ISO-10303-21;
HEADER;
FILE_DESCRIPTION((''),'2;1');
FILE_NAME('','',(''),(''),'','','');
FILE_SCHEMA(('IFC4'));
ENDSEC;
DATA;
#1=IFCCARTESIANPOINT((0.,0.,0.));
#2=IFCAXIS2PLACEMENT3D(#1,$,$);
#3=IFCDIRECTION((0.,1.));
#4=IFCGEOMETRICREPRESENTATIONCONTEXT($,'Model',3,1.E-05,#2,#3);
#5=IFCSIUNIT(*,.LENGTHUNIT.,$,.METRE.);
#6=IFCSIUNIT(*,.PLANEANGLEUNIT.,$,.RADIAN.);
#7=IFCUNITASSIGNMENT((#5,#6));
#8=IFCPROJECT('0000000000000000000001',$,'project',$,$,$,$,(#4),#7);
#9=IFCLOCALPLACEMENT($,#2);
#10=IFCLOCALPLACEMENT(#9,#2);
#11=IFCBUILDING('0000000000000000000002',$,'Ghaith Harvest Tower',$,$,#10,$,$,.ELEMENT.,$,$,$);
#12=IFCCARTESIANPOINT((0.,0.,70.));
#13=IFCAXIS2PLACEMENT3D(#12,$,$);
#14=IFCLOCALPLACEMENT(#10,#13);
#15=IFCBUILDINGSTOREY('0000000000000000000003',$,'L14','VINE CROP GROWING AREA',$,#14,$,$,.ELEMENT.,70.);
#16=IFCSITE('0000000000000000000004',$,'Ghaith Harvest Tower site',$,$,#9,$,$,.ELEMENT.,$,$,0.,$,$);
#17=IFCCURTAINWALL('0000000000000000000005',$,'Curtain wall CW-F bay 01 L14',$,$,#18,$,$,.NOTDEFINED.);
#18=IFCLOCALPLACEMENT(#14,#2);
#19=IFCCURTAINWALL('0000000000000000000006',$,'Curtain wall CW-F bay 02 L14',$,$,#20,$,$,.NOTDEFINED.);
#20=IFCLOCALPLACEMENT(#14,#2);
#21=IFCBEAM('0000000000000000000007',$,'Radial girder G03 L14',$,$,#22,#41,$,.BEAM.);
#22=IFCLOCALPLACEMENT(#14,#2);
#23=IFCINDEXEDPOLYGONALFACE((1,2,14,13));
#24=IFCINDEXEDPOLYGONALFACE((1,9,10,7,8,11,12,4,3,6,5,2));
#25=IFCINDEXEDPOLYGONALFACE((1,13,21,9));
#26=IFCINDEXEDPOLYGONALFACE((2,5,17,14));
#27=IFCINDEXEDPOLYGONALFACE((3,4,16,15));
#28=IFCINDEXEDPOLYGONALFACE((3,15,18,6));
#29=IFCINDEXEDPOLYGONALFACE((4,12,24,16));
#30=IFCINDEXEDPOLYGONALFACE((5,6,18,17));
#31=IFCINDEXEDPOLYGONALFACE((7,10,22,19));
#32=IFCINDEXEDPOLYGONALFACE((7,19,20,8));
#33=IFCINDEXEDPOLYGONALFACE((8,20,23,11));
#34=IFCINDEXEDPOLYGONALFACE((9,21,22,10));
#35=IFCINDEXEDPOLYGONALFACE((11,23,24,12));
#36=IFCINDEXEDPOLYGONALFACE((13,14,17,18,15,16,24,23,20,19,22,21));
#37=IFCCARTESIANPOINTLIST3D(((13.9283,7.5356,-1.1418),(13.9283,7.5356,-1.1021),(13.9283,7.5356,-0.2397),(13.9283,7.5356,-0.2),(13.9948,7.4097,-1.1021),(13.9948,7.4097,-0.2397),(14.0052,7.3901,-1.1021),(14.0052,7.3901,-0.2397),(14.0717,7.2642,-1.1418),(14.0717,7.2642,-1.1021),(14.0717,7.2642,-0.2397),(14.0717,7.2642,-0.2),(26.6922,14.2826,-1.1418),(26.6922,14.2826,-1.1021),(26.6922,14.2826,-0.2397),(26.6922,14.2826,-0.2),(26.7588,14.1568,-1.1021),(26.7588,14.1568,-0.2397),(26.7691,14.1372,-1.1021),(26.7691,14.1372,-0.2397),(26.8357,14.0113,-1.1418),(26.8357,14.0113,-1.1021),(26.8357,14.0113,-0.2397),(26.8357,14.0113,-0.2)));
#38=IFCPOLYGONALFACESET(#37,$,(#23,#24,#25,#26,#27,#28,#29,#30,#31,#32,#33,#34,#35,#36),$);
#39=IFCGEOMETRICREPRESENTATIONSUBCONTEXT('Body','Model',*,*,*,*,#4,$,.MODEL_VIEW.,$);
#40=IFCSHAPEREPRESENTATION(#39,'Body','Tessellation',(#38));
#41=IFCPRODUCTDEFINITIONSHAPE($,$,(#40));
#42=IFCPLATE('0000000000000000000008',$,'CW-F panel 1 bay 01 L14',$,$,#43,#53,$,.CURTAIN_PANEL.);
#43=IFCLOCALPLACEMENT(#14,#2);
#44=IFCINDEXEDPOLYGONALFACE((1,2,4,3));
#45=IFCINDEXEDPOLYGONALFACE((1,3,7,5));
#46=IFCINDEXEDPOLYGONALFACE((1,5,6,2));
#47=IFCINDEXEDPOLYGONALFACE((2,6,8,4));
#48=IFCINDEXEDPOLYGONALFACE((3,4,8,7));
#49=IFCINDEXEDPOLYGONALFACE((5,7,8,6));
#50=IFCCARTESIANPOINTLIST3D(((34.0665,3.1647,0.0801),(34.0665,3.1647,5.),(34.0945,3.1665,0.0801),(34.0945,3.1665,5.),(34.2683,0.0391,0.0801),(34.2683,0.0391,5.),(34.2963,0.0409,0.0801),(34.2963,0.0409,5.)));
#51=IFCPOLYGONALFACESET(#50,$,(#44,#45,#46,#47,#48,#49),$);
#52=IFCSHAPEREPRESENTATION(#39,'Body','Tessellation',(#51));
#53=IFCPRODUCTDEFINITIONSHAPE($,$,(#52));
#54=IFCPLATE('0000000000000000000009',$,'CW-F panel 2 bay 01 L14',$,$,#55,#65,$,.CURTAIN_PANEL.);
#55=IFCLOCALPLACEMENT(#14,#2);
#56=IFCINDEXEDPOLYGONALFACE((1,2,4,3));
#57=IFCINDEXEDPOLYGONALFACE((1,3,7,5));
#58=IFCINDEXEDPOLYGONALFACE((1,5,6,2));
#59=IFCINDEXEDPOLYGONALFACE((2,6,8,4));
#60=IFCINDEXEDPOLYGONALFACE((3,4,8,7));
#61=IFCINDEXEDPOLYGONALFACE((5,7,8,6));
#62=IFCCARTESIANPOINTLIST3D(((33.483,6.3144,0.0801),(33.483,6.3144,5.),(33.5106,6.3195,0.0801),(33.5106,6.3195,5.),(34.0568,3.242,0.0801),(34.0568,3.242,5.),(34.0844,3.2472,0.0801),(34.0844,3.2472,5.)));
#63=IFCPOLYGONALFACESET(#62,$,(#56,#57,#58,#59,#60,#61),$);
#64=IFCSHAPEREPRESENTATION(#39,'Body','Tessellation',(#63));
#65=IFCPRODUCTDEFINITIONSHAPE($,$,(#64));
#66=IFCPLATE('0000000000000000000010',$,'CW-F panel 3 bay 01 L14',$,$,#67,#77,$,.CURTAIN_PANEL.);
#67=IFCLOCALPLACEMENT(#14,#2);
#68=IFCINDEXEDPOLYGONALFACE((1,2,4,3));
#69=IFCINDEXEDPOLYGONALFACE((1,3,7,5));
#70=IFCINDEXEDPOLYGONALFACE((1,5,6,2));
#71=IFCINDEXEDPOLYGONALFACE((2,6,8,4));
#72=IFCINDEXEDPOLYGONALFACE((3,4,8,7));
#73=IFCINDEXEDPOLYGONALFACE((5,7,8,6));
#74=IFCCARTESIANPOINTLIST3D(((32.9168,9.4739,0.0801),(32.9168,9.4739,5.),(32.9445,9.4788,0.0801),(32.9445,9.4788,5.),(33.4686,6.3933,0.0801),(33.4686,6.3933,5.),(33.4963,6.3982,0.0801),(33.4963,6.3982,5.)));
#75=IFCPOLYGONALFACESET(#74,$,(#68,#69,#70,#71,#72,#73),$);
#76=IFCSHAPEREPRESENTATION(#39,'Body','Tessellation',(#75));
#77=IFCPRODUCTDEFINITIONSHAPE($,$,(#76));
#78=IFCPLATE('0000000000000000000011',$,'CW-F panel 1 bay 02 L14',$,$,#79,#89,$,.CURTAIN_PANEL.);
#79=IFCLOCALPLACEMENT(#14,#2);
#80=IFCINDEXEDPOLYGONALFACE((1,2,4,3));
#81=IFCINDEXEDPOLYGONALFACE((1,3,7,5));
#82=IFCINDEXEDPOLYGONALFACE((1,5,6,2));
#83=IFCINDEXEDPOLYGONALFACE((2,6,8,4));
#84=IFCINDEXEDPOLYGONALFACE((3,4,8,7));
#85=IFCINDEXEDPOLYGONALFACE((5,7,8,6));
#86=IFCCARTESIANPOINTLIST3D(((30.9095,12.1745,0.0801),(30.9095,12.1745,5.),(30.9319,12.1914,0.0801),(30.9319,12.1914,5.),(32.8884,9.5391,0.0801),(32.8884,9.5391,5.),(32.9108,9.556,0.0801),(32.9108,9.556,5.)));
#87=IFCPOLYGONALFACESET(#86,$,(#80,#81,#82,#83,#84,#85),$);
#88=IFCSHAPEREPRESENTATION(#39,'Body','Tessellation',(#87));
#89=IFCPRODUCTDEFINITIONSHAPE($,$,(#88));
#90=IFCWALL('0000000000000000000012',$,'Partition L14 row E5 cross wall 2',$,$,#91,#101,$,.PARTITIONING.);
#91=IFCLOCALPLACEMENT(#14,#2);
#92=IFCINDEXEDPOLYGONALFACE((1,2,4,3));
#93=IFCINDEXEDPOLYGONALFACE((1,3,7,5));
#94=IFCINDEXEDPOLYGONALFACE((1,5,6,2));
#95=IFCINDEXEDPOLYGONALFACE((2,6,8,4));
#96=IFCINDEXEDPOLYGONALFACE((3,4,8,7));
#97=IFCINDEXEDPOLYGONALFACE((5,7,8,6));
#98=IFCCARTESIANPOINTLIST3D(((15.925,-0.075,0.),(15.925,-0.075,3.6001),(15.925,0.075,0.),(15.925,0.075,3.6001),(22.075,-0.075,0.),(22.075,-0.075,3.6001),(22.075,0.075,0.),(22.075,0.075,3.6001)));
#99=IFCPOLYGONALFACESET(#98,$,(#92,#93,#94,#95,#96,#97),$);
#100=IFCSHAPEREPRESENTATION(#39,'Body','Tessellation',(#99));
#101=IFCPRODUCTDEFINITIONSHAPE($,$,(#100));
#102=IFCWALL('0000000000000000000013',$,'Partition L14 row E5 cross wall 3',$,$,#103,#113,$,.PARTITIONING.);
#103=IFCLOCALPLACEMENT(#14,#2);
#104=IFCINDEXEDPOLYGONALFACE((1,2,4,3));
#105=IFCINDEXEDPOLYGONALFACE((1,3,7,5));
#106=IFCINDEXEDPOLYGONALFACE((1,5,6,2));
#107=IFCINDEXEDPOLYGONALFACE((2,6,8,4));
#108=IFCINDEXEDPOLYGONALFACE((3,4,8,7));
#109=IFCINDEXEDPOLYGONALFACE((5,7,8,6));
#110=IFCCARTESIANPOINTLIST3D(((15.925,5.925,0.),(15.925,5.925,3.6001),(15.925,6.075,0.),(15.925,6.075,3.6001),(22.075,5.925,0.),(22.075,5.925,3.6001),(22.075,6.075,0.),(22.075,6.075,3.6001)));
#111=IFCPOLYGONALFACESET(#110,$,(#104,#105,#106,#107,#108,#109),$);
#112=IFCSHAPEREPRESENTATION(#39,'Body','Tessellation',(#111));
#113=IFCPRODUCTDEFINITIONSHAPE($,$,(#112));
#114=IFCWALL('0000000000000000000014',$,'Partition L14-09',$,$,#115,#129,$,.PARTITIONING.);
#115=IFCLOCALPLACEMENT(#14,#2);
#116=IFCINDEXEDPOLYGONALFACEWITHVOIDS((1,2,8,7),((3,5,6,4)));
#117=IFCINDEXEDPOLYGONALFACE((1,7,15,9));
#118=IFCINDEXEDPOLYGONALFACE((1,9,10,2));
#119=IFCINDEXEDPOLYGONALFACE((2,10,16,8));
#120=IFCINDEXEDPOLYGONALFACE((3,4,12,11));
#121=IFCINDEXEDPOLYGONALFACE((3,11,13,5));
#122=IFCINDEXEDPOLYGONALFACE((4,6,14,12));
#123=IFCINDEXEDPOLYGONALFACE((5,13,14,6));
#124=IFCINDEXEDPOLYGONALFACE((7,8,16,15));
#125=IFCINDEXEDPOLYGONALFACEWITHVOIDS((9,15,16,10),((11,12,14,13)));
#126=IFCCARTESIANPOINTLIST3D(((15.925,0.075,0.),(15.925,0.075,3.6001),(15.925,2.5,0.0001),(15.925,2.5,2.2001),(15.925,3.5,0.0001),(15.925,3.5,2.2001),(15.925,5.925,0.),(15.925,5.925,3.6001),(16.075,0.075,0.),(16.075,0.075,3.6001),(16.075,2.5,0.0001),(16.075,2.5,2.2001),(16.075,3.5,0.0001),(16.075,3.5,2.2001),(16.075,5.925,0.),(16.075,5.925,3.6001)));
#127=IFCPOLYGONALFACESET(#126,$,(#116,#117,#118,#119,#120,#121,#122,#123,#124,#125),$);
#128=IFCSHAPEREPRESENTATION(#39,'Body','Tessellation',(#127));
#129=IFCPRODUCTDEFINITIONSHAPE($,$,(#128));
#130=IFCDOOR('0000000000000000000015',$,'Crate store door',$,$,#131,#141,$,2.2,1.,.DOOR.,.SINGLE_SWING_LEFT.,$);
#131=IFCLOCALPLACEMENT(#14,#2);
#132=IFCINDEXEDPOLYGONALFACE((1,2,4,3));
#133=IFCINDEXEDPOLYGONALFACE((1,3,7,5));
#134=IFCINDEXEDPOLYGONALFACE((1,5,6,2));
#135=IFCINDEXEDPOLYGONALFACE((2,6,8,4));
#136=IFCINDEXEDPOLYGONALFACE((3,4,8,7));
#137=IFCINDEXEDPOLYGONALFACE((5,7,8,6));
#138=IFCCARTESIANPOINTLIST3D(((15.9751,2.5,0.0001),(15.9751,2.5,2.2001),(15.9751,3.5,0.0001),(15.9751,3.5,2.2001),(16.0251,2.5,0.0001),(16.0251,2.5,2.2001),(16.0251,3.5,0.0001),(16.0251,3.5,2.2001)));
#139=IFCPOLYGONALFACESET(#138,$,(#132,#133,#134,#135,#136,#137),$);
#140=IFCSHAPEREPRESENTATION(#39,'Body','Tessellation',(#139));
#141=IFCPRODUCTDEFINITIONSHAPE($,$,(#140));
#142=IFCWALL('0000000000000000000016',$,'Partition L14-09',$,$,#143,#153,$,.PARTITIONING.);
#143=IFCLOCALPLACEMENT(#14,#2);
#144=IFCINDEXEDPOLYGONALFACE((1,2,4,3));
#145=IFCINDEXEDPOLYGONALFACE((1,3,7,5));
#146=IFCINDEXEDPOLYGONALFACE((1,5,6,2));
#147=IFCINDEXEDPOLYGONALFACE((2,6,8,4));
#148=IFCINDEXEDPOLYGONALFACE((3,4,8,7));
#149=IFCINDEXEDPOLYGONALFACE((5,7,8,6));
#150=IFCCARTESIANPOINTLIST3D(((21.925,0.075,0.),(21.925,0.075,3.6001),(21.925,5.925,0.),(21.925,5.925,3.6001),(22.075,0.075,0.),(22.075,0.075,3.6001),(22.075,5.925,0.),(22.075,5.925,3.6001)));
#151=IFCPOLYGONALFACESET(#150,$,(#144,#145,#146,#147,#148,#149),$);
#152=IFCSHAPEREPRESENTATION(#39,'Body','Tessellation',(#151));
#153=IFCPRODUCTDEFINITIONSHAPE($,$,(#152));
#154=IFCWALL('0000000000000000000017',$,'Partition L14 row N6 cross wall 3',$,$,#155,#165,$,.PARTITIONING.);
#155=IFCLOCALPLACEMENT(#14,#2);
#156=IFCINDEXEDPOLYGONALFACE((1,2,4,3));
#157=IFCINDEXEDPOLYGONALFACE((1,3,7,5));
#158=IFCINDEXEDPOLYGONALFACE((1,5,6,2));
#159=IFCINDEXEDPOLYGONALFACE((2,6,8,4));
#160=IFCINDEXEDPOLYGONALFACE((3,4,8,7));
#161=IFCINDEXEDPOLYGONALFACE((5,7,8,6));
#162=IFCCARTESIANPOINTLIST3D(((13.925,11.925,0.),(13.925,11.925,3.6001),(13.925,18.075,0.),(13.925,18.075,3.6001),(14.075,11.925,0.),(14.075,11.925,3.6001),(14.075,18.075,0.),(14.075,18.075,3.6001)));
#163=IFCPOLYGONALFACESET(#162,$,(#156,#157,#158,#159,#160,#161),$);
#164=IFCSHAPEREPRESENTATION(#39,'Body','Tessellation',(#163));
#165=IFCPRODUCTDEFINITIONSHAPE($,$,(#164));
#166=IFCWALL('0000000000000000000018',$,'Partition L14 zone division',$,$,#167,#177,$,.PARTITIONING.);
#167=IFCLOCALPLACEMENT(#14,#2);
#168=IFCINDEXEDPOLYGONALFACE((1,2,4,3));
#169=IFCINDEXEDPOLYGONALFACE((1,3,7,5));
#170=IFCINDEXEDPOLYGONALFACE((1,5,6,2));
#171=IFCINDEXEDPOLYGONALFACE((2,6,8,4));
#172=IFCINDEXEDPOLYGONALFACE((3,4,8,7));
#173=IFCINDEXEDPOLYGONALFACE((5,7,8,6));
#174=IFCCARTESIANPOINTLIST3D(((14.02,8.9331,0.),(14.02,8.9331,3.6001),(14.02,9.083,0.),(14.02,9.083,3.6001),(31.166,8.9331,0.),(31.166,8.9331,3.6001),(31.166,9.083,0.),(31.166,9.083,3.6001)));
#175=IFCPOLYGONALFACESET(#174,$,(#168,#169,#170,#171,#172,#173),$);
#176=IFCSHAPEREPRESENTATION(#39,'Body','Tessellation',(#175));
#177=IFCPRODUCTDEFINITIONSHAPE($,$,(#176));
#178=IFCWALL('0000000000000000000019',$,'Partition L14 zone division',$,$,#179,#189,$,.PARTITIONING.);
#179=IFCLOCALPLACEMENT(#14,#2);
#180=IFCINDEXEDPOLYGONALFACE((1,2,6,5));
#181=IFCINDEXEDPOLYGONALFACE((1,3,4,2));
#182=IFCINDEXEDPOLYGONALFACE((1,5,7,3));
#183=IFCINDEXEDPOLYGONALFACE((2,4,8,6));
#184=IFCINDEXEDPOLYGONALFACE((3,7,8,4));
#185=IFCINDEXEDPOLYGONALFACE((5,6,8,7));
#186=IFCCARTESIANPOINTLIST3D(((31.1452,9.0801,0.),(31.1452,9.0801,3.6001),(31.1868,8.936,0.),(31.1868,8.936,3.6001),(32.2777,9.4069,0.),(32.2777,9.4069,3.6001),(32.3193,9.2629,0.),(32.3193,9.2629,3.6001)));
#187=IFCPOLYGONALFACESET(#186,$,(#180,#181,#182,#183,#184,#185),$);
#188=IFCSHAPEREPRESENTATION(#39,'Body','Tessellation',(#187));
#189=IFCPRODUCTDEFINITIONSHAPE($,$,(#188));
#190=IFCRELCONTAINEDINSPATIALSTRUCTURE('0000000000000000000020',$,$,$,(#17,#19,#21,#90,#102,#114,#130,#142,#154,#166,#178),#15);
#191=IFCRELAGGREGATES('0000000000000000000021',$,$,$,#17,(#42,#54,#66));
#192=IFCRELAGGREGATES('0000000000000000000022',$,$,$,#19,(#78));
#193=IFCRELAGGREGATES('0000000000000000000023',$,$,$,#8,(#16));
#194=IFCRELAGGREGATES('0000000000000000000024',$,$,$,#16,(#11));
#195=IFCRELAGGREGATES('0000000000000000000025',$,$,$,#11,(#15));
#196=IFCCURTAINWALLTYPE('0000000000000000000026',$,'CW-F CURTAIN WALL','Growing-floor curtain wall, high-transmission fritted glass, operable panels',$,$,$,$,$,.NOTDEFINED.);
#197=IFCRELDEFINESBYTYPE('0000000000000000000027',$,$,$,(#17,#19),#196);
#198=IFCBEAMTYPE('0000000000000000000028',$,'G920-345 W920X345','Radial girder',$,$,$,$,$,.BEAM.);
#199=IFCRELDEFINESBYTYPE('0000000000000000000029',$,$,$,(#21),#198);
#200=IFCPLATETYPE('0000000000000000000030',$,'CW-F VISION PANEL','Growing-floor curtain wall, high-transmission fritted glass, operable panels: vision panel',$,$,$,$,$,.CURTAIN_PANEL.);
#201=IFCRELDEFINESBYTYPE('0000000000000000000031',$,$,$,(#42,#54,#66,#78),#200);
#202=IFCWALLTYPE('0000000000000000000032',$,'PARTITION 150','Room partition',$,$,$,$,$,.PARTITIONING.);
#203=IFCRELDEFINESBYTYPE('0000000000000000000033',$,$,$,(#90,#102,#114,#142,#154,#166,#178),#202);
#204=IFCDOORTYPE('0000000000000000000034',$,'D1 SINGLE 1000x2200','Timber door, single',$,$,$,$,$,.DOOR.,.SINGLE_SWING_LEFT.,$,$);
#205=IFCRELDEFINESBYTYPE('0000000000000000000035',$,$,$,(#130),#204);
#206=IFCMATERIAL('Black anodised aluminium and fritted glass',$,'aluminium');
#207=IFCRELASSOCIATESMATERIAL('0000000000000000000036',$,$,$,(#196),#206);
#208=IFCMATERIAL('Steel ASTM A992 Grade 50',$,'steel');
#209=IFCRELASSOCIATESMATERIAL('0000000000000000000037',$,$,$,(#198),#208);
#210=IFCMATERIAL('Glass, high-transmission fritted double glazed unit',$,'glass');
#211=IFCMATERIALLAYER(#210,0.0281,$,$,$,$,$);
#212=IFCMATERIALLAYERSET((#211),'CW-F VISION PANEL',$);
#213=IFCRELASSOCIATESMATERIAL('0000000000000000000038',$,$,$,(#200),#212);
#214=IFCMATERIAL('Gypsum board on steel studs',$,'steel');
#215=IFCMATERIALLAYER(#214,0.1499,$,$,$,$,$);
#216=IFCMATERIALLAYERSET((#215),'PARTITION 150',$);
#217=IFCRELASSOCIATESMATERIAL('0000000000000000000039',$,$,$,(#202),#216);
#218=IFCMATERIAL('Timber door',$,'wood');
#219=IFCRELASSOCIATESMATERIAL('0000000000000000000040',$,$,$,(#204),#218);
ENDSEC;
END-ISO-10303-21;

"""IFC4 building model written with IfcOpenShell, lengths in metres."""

from ifc_helpers import new_model, si_unit, direction, frame, frame_2d, origin, origin_2d, place, context, subcontext, project, spatial, rectangle, i_section, extrude, material, layer, layer_set, material_profile, profile_set, type_object, element, fill, aggregate, save


model = new_model("IFC4")

# Units and contexts
model_context = context("Model", 3, precision=1e-05, world=origin(), true_north=direction((0.0, 1.0)))
body_context = subcontext(model_context, "Body", "Model", "MODEL_VIEW")
ifc_project = project(units=[si_unit("LENGTHUNIT", "METRE"), si_unit("PLANEANGLEUNIT", "RADIAN")], contexts=[model_context])

# Site, building, storey
site_placement = place(None, origin())
site = spatial("IfcSite", under=ifc_project, at=site_placement, Name="Ghaith Harvest Tower site", CompositionType="ELEMENT", RefElevation=0.0)
building_placement = place(site_placement, origin())
building = spatial("IfcBuilding", under=site, at=building_placement, Name="Ghaith Harvest Tower", CompositionType="ELEMENT")
storey_placement = place(building_placement, frame((0.0, 0.0, 70.0)))
storey = spatial("IfcBuildingStorey", under=building, at=storey_placement, Name="L14", Description="VINE CROP GROWING AREA", CompositionType="ELEMENT", Elevation=70.0)

# Curtain wall
ifc_material_1 = material(Name="Black anodised aluminium and fritted glass", Category="aluminium")
curtain_wall_type = type_object("IfcCurtainWallType", Name="CW-F CURTAIN WALL", Description="Growing-floor curtain wall, high-transmission fritted glass, operable panels", PredefinedType="NOTDEFINED", material=ifc_material_1)
curtain_wall_1_placement = place(storey_placement, origin())
curtain_wall_1 = element("IfcCurtainWall", 1, at=curtain_wall_1_placement, inside=storey, type_object=curtain_wall_type, Name="Curtain wall CW-F bay 01 L14", PredefinedType="NOTDEFINED")

# Curtain wall
curtain_wall_2_placement = place(storey_placement, origin())
curtain_wall_2 = element("IfcCurtainWall", 2, at=curtain_wall_2_placement, inside=storey, type_object=curtain_wall_type, Name="Curtain wall CW-F bay 02 L14", PredefinedType="NOTDEFINED")

# Beam
ifc_material_2 = material(Name="Steel ASTM A992 Grade 50", Category="steel")
ifc_material_profile_1 = material_profile(ifc_material_2, i_section(OverallWidth=0.3069, OverallDepth=0.9419, WebThickness=0.0222, FlangeThickness=0.0398, at=origin_2d()), Name="W920X345")
ifc_profile_set_1 = profile_set([ifc_material_profile_1], Name="Steel ASTM A992 Grade 50")
beam_type_1 = type_object("IfcBeamType", Name="G920-345 W920X345", Description="Radial girder", PredefinedType="BEAM", material=ifc_profile_set_1)
beam_1_placement = place(storey_placement, frame((14.0, 7.3999, -0.6709), z_axis=(0.884083, 0.467331, 0.0), x_axis=(-0.467331, 0.884083, 0.0)))
element("IfcBeam", 3, at=beam_1_placement, inside=storey, type_object=beam_type_1, Name="Radial girder G03 L14", PredefinedType="BEAM", context=body_context, shape_type="SweptSolid", body=[
    extrude(i_section(OverallWidth=0.3069, OverallDepth=0.9419, WebThickness=0.0222, FlangeThickness=0.0398, at=origin_2d()), origin(), (0.0, 0.0, 1.0), 14.4375),
])

# Plates
ifc_material_3 = material(Name="Glass, high-transmission fritted double glazed unit", Category="glass")
ifc_layer_1 = layer(ifc_material_3, 0.0281)
ifc_layer_set_1 = layer_set([ifc_layer_1], Name="CW-F VISION PANEL")
plate_type = type_object("IfcPlateType", Name="CW-F VISION PANEL", Description="Growing-floor curtain wall, high-transmission fritted glass, operable panels: vision panel", PredefinedType="CURTAIN_PANEL", material=ifc_layer_set_1)
plate_1_placement = place(storey_placement, frame((34.1814, 1.6028, 0.0801), z_axis=(0.0, 0.0, 1.0), x_axis=(-0.064446, 0.997921, 0.0)))
plate_1 = element("IfcPlate", 4, at=plate_1_placement, type_object=plate_type, Name="CW-F panel 1 bay 01 L14", PredefinedType="CURTAIN_PANEL", context=body_context, shape_type="SweptSolid", body=[
    extrude(rectangle(XDim=3.1321, YDim=0.0281, at=origin_2d()), origin(), (0.0, 0.0, 1.0), 4.9199),
])
plate_2_placement = place(storey_placement, frame((33.7837, 4.7808, 0.0801), z_axis=(0.0, 0.0, 1.0), x_axis=(-0.183569, 0.983007, 0.0)))
plate_2 = element("IfcPlate", 5, at=plate_2_placement, type_object=plate_type, Name="CW-F panel 2 bay 01 L14", PredefinedType="CURTAIN_PANEL", context=body_context, shape_type="SweptSolid", body=[
    extrude(rectangle(XDim=3.1255, YDim=0.0281, at=origin_2d()), origin(), (0.0, 0.0, 1.0), 4.9199),
])
plate_3_placement = place(storey_placement, frame((33.2065, 7.936, 0.0801), z_axis=(0.0, 0.0, 1.0), x_axis=(-0.17632, 0.984333, 0.0)))
plate_3 = element("IfcPlate", 6, at=plate_3_placement, type_object=plate_type, Name="CW-F panel 3 bay 01 L14", PredefinedType="CURTAIN_PANEL", context=body_context, shape_type="SweptSolid", body=[
    extrude(rectangle(XDim=3.1296, YDim=0.0281, at=origin_2d()), origin(), (0.0, 0.0, 1.0), 4.9199),
])
aggregate(curtain_wall_1, [plate_1, plate_2, plate_3])
plate_4_placement = place(storey_placement, frame((31.9102, 10.8652, 0.0801), z_axis=(0.0, 0.0, 1.0), x_axis=(-0.600454, 0.799659, 0.0)))
plate_4 = element("IfcPlate", 7, at=plate_4_placement, type_object=plate_type, Name="CW-F panel 1 bay 02 L14", PredefinedType="CURTAIN_PANEL", context=body_context, shape_type="SweptSolid", body=[
    extrude(rectangle(XDim=3.2957, YDim=0.0281, at=origin_2d()), origin(), (0.0, 0.0, 1.0), 4.9199),
])
aggregate(curtain_wall_2, [plate_4])

# Walls
ifc_material_4 = material(Name="Gypsum board on steel studs", Category="steel")
ifc_layer_2 = layer(ifc_material_4, 0.1499)
ifc_layer_set_2 = layer_set([ifc_layer_2], Name="PARTITION 150")
wall_type_1 = type_object("IfcWallType", Name="PARTITION 150", Description="Room partition", PredefinedType="PARTITIONING", material=ifc_layer_set_2)
for number, where, z_axis, x_axis, name in (
    (8, (15.925, 0.0, 0.0), (0.0, 0.0, 1.0), (1.0, 0.0, 0.0), "Partition L14 row E5 cross wall 2"),
    (9, (15.925, 6.0, 0.0), (0.0, 0.0, 1.0), (1.0, 0.0, 0.0), "Partition L14 row E5 cross wall 3"),
):
    element("IfcWall", number, at=place(storey_placement, frame(where, z_axis=z_axis, x_axis=x_axis)), inside=storey, type_object=wall_type_1, Name=name, PredefinedType="PARTITIONING", context=body_context, shape_type="SweptSolid", body=[
        extrude(rectangle(XDim=6.1499, YDim=0.1499, at=frame_2d((3.075, 0.0))), origin(), (0.0, 0.0, 1.0), 3.6001),
    ])

# Wall, opening, door
wall_1_placement = place(storey_placement, frame((16.0, 0.075, 0.0), z_axis=(0.0, 0.0, 1.0), x_axis=(0.0, 1.0, 0.0)))
wall_1 = element("IfcWall", 10, at=wall_1_placement, inside=storey, type_object=wall_type_1, Name="Partition L14-09", PredefinedType="PARTITIONING", context=body_context, shape_type="SweptSolid", body=[
    extrude(rectangle(XDim=5.8501, YDim=0.1499, at=frame_2d((2.925, 0.0))), origin(), (0.0, 0.0, 1.0), 3.6001),
])
opening_1_placement = place(wall_1_placement, frame((2.425, 0.0, 0.0)))
opening_1 = element("IfcOpeningElement", 11, at=opening_1_placement, cuts=wall_1, PredefinedType="OPENING", context=body_context, shape_type="SweptSolid", body=[
    extrude(rectangle(XDim=1.0, YDim=2.2, at=frame_2d((0.5, 1.1001))), frame((0.0, 0.085, 0.0), z_axis=(0.0, -1.0, 0.0), x_axis=(1.0, 0.0, 0.0)), (0.0, 0.0, 1.0), 0.1699),
])
ifc_material_5 = material(Name="Timber door", Category="wood")
door_type_1 = type_object("IfcDoorType", Name="D1 SINGLE 1000x2200", Description="Timber door, single", OperationType="SINGLE_SWING_LEFT", PredefinedType="DOOR", material=ifc_material_5)
door_1_placement = place(opening_1_placement, origin())
door_1 = element("IfcDoor", 12, at=door_1_placement, inside=storey, type_object=door_type_1, Name="Crate store door", OperationType="SINGLE_SWING_LEFT", OverallHeight=2.2, OverallWidth=1.0, PredefinedType="DOOR", context=body_context, shape_type="SweptSolid", body=[
    extrude(rectangle(XDim=1.0, YDim=2.2, at=frame_2d((0.5, 1.1001))), frame((0.0, 0.0249, 0.0), z_axis=(0.0, -1.0, 0.0), x_axis=(1.0, 0.0, 0.0)), (0.0, 0.0, 1.0), 0.05),
])
fill(opening_1, door_1)

# Walls
wall_2_placement = place(storey_placement, frame((22.0, 0.075, 0.0), z_axis=(0.0, 0.0, 1.0), x_axis=(0.0, 1.0, 0.0)))
element("IfcWall", 13, at=wall_2_placement, inside=storey, type_object=wall_type_1, Name="Partition L14-09", PredefinedType="PARTITIONING", context=body_context, shape_type="SweptSolid", body=[
    extrude(rectangle(XDim=5.8501, YDim=0.1499, at=frame_2d((2.925, 0.0))), origin(), (0.0, 0.0, 1.0), 3.6001),
])
wall_3_placement = place(storey_placement, frame((14.0, 11.925, 0.0), z_axis=(0.0, 0.0, 1.0), x_axis=(0.0, 1.0, 0.0)))
element("IfcWall", 14, at=wall_3_placement, inside=storey, type_object=wall_type_1, Name="Partition L14 row N6 cross wall 3", PredefinedType="PARTITIONING", context=body_context, shape_type="SweptSolid", body=[
    extrude(rectangle(XDim=6.1499, YDim=0.1499, at=frame_2d((3.075, 0.0))), origin(), (0.0, 0.0, 1.0), 3.6001),
])
wall_4_placement = place(storey_placement, frame((14.02, 9.0081, 0.0), z_axis=(0.0, 0.0, 1.0), x_axis=(1.0, 0.0, 0.0)))
element("IfcWall", 15, at=wall_4_placement, inside=storey, type_object=wall_type_1, Name="Partition L14 zone division", PredefinedType="PARTITIONING", context=body_context, shape_type="SweptSolid", body=[
    extrude(rectangle(XDim=17.146, YDim=0.1499, at=frame_2d((8.573, 0.0))), origin(), (0.0, 0.0, 1.0), 3.6001),
])
wall_5_placement = place(storey_placement, frame((31.166, 9.0081, 0.0), z_axis=(0.0, 0.0, 1.0), x_axis=(0.960778, 0.277319, 0.0)))
element("IfcWall", 16, at=wall_5_placement, inside=storey, type_object=wall_type_1, Name="Partition L14 zone division", PredefinedType="PARTITIONING", context=body_context, shape_type="SweptSolid", body=[
    extrude(rectangle(XDim=1.1787, YDim=0.1499, at=frame_2d((0.5894, 0.0))), origin(), (0.0, 0.0, 1.0), 3.6001),
])

save(model, "model.ifc")
